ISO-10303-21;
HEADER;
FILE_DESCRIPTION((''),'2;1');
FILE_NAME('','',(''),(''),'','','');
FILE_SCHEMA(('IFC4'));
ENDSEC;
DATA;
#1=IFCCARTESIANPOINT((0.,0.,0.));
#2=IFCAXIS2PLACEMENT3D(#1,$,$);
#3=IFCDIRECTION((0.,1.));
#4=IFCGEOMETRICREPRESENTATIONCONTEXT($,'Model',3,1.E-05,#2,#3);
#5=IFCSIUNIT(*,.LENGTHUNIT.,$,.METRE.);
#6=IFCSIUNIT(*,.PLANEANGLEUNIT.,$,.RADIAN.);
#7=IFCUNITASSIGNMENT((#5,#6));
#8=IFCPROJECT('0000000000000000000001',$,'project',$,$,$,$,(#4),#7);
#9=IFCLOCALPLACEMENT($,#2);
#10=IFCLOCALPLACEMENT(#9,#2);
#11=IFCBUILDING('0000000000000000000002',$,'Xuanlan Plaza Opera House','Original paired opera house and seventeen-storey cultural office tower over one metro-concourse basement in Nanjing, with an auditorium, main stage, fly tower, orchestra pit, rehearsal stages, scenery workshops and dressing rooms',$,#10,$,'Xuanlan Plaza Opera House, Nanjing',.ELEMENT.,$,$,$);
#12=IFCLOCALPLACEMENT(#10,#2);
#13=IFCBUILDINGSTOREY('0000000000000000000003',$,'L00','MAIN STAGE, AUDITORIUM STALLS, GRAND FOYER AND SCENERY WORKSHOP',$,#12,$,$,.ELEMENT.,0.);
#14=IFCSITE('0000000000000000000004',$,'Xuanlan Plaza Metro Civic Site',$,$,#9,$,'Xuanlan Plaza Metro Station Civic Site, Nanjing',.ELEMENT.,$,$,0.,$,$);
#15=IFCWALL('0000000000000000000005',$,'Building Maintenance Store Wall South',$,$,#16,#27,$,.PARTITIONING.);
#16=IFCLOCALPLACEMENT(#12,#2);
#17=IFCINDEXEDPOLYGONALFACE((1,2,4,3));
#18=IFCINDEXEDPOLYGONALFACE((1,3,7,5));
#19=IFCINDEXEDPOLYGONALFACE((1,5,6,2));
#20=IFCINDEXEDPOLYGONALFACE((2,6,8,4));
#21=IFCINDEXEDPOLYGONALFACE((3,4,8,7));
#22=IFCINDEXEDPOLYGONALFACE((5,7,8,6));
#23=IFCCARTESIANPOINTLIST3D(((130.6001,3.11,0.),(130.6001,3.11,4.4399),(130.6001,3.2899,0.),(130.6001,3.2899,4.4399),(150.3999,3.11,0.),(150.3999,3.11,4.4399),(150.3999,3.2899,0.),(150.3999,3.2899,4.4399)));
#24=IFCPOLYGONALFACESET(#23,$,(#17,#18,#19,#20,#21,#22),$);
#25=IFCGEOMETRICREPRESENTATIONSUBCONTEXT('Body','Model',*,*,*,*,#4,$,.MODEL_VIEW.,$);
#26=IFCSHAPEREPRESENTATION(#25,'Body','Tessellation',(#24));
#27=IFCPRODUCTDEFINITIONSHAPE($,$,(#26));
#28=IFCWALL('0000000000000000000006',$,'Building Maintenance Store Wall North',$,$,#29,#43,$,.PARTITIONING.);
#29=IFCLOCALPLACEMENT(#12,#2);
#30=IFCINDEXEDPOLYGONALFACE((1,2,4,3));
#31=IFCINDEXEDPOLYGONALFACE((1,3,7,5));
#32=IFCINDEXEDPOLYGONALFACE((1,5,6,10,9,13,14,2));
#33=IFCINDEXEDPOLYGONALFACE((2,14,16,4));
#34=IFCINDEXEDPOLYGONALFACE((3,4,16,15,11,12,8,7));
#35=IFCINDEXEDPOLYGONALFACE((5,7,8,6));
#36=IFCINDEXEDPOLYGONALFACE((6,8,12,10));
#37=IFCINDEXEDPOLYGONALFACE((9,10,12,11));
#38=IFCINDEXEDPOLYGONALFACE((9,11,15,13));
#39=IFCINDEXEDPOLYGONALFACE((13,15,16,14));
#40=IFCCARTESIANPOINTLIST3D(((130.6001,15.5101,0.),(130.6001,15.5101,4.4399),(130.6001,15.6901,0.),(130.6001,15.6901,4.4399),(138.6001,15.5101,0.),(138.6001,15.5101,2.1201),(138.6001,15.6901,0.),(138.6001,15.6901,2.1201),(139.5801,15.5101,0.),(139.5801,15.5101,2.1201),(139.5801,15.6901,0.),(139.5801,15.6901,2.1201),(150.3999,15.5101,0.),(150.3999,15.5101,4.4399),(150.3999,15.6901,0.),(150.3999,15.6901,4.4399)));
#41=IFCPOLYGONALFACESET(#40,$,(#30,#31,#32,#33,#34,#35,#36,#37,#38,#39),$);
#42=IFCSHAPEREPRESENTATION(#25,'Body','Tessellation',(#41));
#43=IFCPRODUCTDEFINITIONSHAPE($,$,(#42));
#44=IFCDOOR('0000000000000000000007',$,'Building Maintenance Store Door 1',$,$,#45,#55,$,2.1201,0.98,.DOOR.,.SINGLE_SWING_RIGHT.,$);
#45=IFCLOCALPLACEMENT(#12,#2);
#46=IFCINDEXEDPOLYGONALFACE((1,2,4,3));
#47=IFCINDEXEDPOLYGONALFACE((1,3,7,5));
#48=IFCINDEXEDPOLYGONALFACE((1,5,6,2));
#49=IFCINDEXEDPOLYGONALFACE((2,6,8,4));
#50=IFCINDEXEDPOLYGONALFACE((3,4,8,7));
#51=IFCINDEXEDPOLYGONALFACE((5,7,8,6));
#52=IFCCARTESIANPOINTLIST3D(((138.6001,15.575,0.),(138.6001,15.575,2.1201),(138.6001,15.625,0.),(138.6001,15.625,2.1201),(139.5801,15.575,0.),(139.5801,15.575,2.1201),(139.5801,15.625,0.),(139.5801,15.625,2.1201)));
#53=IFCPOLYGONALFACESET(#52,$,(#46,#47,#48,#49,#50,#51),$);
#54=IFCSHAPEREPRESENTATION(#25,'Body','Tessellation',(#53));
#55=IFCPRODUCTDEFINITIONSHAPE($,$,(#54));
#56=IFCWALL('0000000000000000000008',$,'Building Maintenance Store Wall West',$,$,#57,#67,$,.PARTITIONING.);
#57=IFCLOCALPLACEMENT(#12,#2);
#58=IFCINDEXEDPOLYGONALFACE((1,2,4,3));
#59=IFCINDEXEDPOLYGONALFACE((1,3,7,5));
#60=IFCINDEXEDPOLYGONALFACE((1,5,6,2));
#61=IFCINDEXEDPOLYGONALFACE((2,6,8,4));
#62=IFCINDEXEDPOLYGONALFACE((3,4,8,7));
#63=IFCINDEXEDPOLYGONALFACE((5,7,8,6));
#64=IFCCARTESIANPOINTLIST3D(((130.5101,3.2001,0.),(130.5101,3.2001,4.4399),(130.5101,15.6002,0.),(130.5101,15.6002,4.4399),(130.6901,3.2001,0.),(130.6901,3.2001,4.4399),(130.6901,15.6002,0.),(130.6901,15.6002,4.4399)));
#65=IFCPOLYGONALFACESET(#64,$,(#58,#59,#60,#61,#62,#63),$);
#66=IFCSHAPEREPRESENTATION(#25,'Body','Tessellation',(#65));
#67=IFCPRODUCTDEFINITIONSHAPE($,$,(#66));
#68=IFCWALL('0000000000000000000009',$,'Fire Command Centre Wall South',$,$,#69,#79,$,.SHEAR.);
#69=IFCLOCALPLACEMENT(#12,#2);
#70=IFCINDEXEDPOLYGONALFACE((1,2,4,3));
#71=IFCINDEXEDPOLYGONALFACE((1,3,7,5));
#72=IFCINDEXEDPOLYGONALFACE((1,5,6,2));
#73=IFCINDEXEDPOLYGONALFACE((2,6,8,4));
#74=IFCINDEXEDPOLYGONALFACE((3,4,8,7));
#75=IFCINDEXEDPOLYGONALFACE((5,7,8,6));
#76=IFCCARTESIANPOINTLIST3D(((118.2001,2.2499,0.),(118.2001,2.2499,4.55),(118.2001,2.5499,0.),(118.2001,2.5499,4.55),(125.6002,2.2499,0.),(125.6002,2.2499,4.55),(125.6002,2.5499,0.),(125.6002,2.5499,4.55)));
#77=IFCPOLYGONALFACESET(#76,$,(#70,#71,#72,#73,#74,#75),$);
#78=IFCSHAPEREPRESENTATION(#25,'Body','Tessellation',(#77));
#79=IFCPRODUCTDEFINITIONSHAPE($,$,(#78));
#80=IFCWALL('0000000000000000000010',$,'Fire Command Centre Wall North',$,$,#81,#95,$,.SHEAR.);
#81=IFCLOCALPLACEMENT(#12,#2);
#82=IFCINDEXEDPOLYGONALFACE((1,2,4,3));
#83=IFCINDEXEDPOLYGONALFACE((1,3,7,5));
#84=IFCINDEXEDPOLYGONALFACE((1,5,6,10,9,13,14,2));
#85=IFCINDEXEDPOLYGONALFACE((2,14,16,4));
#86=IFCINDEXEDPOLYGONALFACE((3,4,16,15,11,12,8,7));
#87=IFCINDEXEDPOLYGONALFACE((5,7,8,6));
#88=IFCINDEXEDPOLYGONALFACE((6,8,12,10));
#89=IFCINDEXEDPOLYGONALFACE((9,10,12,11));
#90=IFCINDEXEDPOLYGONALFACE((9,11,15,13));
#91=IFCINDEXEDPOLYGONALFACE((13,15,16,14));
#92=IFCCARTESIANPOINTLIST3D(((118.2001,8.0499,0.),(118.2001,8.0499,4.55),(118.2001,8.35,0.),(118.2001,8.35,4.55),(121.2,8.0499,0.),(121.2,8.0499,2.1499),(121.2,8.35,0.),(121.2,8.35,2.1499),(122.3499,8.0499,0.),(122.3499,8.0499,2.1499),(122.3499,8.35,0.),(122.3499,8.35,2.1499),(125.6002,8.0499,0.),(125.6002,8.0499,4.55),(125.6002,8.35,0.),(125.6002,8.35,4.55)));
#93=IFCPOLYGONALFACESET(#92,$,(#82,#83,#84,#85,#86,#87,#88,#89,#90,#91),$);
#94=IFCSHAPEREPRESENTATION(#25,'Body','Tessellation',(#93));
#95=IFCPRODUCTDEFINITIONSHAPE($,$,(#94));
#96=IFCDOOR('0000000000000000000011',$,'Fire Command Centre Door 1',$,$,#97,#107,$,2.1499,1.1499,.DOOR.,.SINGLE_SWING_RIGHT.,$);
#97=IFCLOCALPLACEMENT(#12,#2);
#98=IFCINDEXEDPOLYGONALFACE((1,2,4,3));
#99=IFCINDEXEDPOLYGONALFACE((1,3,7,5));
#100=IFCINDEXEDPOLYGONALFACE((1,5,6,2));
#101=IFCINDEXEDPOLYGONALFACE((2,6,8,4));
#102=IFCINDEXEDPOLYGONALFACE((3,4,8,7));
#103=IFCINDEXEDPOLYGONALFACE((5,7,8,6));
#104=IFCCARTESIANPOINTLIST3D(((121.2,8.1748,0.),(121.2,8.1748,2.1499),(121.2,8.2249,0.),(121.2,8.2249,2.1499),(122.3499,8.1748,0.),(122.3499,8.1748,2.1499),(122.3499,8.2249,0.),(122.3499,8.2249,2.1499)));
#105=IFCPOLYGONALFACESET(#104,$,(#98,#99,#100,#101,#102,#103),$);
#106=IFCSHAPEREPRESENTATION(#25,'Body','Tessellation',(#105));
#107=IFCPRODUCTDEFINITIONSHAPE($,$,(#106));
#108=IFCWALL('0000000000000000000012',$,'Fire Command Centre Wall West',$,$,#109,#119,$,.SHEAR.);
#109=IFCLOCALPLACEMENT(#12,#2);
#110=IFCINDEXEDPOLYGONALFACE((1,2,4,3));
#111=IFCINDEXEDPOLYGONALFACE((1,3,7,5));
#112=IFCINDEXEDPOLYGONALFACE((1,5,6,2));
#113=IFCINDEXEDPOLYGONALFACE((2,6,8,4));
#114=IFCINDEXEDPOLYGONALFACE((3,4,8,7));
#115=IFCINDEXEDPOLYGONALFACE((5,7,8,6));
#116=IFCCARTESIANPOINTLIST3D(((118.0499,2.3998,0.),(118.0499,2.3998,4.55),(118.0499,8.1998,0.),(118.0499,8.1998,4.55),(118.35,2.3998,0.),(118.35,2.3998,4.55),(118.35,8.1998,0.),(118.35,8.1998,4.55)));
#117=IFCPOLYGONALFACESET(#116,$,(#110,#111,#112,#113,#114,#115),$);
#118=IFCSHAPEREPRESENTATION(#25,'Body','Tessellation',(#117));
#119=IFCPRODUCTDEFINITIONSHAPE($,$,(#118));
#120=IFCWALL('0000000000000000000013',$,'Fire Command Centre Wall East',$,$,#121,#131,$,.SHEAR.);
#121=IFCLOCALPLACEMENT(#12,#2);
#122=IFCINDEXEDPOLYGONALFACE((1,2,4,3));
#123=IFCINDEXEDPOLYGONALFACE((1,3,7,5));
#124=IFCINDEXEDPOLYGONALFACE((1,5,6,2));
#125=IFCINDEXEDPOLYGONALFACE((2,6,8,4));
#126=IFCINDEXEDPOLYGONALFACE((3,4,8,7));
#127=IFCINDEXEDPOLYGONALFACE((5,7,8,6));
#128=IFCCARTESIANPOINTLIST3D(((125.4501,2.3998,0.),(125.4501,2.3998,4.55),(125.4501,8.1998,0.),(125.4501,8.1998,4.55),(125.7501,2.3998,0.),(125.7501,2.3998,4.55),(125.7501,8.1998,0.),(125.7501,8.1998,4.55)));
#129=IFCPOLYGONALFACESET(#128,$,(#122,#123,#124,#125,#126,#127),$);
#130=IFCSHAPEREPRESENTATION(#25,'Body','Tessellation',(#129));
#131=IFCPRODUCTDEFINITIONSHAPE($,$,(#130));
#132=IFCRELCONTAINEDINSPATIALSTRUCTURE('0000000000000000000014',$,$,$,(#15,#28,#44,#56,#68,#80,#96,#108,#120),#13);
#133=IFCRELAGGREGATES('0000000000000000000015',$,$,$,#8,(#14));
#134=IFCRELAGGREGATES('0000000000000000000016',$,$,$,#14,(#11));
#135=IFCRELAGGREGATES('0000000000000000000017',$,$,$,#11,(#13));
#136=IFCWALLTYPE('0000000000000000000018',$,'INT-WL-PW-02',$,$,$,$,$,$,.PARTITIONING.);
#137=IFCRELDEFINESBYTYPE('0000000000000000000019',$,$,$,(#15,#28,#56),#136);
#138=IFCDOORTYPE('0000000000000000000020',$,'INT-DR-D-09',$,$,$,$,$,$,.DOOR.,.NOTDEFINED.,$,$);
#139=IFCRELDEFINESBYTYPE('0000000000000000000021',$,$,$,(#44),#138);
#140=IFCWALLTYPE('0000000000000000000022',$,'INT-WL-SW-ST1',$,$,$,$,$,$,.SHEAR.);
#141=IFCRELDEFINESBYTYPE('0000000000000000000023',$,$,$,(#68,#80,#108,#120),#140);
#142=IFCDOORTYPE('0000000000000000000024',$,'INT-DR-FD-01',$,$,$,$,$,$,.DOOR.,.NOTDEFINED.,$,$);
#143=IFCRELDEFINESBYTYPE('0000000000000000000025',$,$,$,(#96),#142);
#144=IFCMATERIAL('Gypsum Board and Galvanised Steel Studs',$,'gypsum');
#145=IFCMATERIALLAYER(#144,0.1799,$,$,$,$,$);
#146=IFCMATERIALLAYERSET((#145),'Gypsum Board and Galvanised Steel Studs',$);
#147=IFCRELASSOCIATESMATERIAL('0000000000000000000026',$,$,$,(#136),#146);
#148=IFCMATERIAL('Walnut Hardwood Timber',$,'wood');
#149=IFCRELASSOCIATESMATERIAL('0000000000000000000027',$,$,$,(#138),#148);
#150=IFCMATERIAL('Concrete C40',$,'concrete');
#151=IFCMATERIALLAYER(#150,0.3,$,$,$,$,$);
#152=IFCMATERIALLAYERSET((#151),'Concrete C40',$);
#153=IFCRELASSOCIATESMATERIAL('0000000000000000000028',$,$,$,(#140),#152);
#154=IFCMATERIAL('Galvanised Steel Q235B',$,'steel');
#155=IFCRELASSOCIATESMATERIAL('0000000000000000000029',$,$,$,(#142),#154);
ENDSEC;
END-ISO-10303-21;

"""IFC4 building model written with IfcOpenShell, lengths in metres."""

from ifc_helpers import new_model, si_unit, direction, frame, frame_2d, origin, place, context, subcontext, project, spatial, rectangle, extrude, material, layer, layer_set, type_object, element, fill, save


model = new_model("IFC4")

# Units and contexts
model_context = context("Model", 3, precision=1e-05, world=origin(), true_north=direction((0.0, 1.0)))
body_context = subcontext(model_context, "Body", "Model", "MODEL_VIEW")
ifc_project = project(units=[si_unit("LENGTHUNIT", "METRE"), si_unit("PLANEANGLEUNIT", "RADIAN")], contexts=[model_context])

# Site, building, storey
site_placement = place(None, origin())
site = spatial("IfcSite", under=ifc_project, at=site_placement, Name="Xuanlan Plaza Metro Civic Site", LongName="Xuanlan Plaza Metro Station Civic Site, Nanjing", CompositionType="ELEMENT", RefElevation=0.0)
building_placement = place(site_placement, origin())
building = spatial("IfcBuilding", under=site, at=building_placement, Name="Xuanlan Plaza Opera House", Description="Original paired opera house and seventeen-storey cultural office tower over one metro-concourse basement in Nanjing, with an auditorium, main stage, fly tower, orchestra pit, rehearsal stages, scenery workshops and dressing rooms", LongName="Xuanlan Plaza Opera House, Nanjing", CompositionType="ELEMENT")
storey_placement = place(building_placement, origin())
storey = spatial("IfcBuildingStorey", under=building, at=storey_placement, Name="L00", Description="MAIN STAGE, AUDITORIUM STALLS, GRAND FOYER AND SCENERY WORKSHOP", CompositionType="ELEMENT", Elevation=0.0)

# Shared definitions
ifc_material_1 = material(Name="Concrete C40", Category="concrete")

# Wall
ifc_material_2 = material(Name="Gypsum Board and Galvanised Steel Studs", Category="gypsum")
ifc_layer_1 = layer(ifc_material_2, 0.1799)
ifc_layer_set_1 = layer_set([ifc_layer_1], Name="Gypsum Board and Galvanised Steel Studs")
wall_type_1 = type_object("IfcWallType", Name="INT-WL-PW-02", PredefinedType="PARTITIONING", material=ifc_layer_set_1)
wall_1_placement = place(storey_placement, frame((130.6001, 3.2, 0.0), z_axis=(0.0, 0.0, 1.0), x_axis=(1.0, 0.0, 0.0)))
element("IfcWall", 1, at=wall_1_placement, inside=storey, type_object=wall_type_1, Name="Building Maintenance Store Wall South", PredefinedType="PARTITIONING", context=body_context, shape_type="SweptSolid", body=[
    extrude(rectangle(XDim=19.7998, YDim=0.1799, at=frame_2d((9.8999, 0.0))), origin(), (0.0, 0.0, 1.0), 4.4399),
])

# Wall, opening, door
wall_2_placement = place(storey_placement, frame((130.6001, 15.6001, 0.0), z_axis=(0.0, 0.0, 1.0), x_axis=(1.0, 0.0, 0.0)))
wall_2 = element("IfcWall", 2, at=wall_2_placement, inside=storey, type_object=wall_type_1, Name="Building Maintenance Store Wall North", PredefinedType="PARTITIONING", context=body_context, shape_type="SweptSolid", body=[
    extrude(rectangle(XDim=19.7998, YDim=0.1799, at=frame_2d((9.8999, 0.0))), origin(), (0.0, 0.0, 1.0), 4.4399),
])
opening_1_placement = place(wall_2_placement, frame((8.0, 0.0, 0.0)))
opening_1 = element("IfcOpeningElement", 3, at=opening_1_placement, cuts=wall_2, PredefinedType="OPENING", context=body_context, shape_type="SweptSolid", body=[
    extrude(rectangle(XDim=0.98, YDim=2.1201, at=frame_2d((0.49, 1.0601))), frame((0.0, 0.0999, 0.0), z_axis=(0.0, -1.0, 0.0), x_axis=(1.0, 0.0, 0.0)), (0.0, 0.0, 1.0), 0.2),
])
ifc_material_3 = material(Name="Walnut Hardwood Timber", Category="wood")
door_type_1 = type_object("IfcDoorType", Name="INT-DR-D-09", OperationType="NOTDEFINED", PredefinedType="DOOR", material=ifc_material_3)
door_1_placement = place(opening_1_placement, origin())
door_1 = element("IfcDoor", 4, at=door_1_placement, inside=storey, type_object=door_type_1, Name="Building Maintenance Store Door 1", OperationType="SINGLE_SWING_RIGHT", OverallHeight=2.1201, OverallWidth=0.98, PredefinedType="DOOR", context=body_context, shape_type="SweptSolid", body=[
    extrude(rectangle(XDim=0.98, YDim=2.1201, at=frame_2d((0.49, 1.0601))), frame((0.0, 0.0249, 0.0), z_axis=(0.0, -1.0, 0.0), x_axis=(1.0, 0.0, 0.0)), (0.0, 0.0, 1.0), 0.05),
])
fill(opening_1, door_1)

# Walls
wall_3_placement = place(storey_placement, frame((130.6001, 3.2, 0.0), z_axis=(0.0, 0.0, 1.0), x_axis=(0.0, 1.0, 0.0)))
element("IfcWall", 5, at=wall_3_placement, inside=storey, type_object=wall_type_1, Name="Building Maintenance Store Wall West", PredefinedType="PARTITIONING", context=body_context, shape_type="SweptSolid", body=[
    extrude(rectangle(XDim=12.4001, YDim=0.1799, at=frame_2d((6.2002, 0.0))), origin(), (0.0, 0.0, 1.0), 4.4399),
])
ifc_layer_2 = layer(ifc_material_1, 0.3)
ifc_layer_set_2 = layer_set([ifc_layer_2], Name="Concrete C40")
wall_type_2 = type_object("IfcWallType", Name="INT-WL-SW-ST1", PredefinedType="SHEAR", material=ifc_layer_set_2)
wall_4_placement = place(storey_placement, frame((118.2, 2.3999, 0.0), z_axis=(0.0, 0.0, 1.0), x_axis=(1.0, 0.0, 0.0)))
element("IfcWall", 6, at=wall_4_placement, inside=storey, type_object=wall_type_2, Name="Fire Command Centre Wall South", PredefinedType="SHEAR", context=body_context, shape_type="SweptSolid", body=[
    extrude(rectangle(XDim=7.4001, YDim=0.3, at=frame_2d((3.7002, 0.0))), origin(), (0.0, 0.0, 1.0), 4.55),
])

# Wall, opening, door
wall_5_placement = place(storey_placement, frame((118.2, 8.2, 0.0), z_axis=(0.0, 0.0, 1.0), x_axis=(1.0, 0.0, 0.0)))
wall_5 = element("IfcWall", 7, at=wall_5_placement, inside=storey, type_object=wall_type_2, Name="Fire Command Centre Wall North", PredefinedType="SHEAR", context=body_context, shape_type="SweptSolid", body=[
    extrude(rectangle(XDim=7.4001, YDim=0.3, at=frame_2d((3.7002, 0.0))), origin(), (0.0, 0.0, 1.0), 4.55),
])
opening_2_placement = place(wall_5_placement, frame((3.0, 0.0, 0.0)))
opening_2 = element("IfcOpeningElement", 8, at=opening_2_placement, cuts=wall_5, PredefinedType="OPENING", context=body_context, shape_type="SweptSolid", body=[
    extrude(rectangle(XDim=1.1499, YDim=2.1499, at=frame_2d((0.575, 1.075))), frame((0.0, 0.1599, 0.0), z_axis=(0.0, -1.0, 0.0), x_axis=(1.0, 0.0, 0.0)), (0.0, 0.0, 1.0), 0.3201),
])
ifc_material_4 = material(Name="Galvanised Steel Q235B", Category="steel")
door_type_2 = type_object("IfcDoorType", Name="INT-DR-FD-01", OperationType="NOTDEFINED", PredefinedType="DOOR", material=ifc_material_4)
door_2_placement = place(opening_2_placement, origin())
door_2 = element("IfcDoor", 9, at=door_2_placement, inside=storey, type_object=door_type_2, Name="Fire Command Centre Door 1", OperationType="SINGLE_SWING_RIGHT", OverallHeight=2.1499, OverallWidth=1.1499, PredefinedType="DOOR", context=body_context, shape_type="SweptSolid", body=[
    extrude(rectangle(XDim=1.1499, YDim=2.1499, at=frame_2d((0.575, 1.075))), frame((0.0, 0.0249, 0.0), z_axis=(0.0, -1.0, 0.0), x_axis=(1.0, 0.0, 0.0)), (0.0, 0.0, 1.0), 0.05),
])
fill(opening_2, door_2)

# Walls
for number, where, z_axis, x_axis, name in (
    (10, (118.2, 2.3999, 0.0), (0.0, 0.0, 1.0), (0.0, 1.0, 0.0), "Fire Command Centre Wall West"),
    (11, (125.6001, 2.3999, 0.0), (0.0, 0.0, 1.0), (0.0, 1.0, 0.0), "Fire Command Centre Wall East"),
):
    element("IfcWall", number, at=place(storey_placement, frame(where, z_axis=z_axis, x_axis=x_axis)), inside=storey, type_object=wall_type_2, Name=name, PredefinedType="SHEAR", context=body_context, shape_type="SweptSolid", body=[
        extrude(rectangle(XDim=5.8, YDim=0.3, at=frame_2d((2.8999, 0.0))), origin(), (0.0, 0.0, 1.0), 4.55),
    ])

save(model, "model.ifc")
